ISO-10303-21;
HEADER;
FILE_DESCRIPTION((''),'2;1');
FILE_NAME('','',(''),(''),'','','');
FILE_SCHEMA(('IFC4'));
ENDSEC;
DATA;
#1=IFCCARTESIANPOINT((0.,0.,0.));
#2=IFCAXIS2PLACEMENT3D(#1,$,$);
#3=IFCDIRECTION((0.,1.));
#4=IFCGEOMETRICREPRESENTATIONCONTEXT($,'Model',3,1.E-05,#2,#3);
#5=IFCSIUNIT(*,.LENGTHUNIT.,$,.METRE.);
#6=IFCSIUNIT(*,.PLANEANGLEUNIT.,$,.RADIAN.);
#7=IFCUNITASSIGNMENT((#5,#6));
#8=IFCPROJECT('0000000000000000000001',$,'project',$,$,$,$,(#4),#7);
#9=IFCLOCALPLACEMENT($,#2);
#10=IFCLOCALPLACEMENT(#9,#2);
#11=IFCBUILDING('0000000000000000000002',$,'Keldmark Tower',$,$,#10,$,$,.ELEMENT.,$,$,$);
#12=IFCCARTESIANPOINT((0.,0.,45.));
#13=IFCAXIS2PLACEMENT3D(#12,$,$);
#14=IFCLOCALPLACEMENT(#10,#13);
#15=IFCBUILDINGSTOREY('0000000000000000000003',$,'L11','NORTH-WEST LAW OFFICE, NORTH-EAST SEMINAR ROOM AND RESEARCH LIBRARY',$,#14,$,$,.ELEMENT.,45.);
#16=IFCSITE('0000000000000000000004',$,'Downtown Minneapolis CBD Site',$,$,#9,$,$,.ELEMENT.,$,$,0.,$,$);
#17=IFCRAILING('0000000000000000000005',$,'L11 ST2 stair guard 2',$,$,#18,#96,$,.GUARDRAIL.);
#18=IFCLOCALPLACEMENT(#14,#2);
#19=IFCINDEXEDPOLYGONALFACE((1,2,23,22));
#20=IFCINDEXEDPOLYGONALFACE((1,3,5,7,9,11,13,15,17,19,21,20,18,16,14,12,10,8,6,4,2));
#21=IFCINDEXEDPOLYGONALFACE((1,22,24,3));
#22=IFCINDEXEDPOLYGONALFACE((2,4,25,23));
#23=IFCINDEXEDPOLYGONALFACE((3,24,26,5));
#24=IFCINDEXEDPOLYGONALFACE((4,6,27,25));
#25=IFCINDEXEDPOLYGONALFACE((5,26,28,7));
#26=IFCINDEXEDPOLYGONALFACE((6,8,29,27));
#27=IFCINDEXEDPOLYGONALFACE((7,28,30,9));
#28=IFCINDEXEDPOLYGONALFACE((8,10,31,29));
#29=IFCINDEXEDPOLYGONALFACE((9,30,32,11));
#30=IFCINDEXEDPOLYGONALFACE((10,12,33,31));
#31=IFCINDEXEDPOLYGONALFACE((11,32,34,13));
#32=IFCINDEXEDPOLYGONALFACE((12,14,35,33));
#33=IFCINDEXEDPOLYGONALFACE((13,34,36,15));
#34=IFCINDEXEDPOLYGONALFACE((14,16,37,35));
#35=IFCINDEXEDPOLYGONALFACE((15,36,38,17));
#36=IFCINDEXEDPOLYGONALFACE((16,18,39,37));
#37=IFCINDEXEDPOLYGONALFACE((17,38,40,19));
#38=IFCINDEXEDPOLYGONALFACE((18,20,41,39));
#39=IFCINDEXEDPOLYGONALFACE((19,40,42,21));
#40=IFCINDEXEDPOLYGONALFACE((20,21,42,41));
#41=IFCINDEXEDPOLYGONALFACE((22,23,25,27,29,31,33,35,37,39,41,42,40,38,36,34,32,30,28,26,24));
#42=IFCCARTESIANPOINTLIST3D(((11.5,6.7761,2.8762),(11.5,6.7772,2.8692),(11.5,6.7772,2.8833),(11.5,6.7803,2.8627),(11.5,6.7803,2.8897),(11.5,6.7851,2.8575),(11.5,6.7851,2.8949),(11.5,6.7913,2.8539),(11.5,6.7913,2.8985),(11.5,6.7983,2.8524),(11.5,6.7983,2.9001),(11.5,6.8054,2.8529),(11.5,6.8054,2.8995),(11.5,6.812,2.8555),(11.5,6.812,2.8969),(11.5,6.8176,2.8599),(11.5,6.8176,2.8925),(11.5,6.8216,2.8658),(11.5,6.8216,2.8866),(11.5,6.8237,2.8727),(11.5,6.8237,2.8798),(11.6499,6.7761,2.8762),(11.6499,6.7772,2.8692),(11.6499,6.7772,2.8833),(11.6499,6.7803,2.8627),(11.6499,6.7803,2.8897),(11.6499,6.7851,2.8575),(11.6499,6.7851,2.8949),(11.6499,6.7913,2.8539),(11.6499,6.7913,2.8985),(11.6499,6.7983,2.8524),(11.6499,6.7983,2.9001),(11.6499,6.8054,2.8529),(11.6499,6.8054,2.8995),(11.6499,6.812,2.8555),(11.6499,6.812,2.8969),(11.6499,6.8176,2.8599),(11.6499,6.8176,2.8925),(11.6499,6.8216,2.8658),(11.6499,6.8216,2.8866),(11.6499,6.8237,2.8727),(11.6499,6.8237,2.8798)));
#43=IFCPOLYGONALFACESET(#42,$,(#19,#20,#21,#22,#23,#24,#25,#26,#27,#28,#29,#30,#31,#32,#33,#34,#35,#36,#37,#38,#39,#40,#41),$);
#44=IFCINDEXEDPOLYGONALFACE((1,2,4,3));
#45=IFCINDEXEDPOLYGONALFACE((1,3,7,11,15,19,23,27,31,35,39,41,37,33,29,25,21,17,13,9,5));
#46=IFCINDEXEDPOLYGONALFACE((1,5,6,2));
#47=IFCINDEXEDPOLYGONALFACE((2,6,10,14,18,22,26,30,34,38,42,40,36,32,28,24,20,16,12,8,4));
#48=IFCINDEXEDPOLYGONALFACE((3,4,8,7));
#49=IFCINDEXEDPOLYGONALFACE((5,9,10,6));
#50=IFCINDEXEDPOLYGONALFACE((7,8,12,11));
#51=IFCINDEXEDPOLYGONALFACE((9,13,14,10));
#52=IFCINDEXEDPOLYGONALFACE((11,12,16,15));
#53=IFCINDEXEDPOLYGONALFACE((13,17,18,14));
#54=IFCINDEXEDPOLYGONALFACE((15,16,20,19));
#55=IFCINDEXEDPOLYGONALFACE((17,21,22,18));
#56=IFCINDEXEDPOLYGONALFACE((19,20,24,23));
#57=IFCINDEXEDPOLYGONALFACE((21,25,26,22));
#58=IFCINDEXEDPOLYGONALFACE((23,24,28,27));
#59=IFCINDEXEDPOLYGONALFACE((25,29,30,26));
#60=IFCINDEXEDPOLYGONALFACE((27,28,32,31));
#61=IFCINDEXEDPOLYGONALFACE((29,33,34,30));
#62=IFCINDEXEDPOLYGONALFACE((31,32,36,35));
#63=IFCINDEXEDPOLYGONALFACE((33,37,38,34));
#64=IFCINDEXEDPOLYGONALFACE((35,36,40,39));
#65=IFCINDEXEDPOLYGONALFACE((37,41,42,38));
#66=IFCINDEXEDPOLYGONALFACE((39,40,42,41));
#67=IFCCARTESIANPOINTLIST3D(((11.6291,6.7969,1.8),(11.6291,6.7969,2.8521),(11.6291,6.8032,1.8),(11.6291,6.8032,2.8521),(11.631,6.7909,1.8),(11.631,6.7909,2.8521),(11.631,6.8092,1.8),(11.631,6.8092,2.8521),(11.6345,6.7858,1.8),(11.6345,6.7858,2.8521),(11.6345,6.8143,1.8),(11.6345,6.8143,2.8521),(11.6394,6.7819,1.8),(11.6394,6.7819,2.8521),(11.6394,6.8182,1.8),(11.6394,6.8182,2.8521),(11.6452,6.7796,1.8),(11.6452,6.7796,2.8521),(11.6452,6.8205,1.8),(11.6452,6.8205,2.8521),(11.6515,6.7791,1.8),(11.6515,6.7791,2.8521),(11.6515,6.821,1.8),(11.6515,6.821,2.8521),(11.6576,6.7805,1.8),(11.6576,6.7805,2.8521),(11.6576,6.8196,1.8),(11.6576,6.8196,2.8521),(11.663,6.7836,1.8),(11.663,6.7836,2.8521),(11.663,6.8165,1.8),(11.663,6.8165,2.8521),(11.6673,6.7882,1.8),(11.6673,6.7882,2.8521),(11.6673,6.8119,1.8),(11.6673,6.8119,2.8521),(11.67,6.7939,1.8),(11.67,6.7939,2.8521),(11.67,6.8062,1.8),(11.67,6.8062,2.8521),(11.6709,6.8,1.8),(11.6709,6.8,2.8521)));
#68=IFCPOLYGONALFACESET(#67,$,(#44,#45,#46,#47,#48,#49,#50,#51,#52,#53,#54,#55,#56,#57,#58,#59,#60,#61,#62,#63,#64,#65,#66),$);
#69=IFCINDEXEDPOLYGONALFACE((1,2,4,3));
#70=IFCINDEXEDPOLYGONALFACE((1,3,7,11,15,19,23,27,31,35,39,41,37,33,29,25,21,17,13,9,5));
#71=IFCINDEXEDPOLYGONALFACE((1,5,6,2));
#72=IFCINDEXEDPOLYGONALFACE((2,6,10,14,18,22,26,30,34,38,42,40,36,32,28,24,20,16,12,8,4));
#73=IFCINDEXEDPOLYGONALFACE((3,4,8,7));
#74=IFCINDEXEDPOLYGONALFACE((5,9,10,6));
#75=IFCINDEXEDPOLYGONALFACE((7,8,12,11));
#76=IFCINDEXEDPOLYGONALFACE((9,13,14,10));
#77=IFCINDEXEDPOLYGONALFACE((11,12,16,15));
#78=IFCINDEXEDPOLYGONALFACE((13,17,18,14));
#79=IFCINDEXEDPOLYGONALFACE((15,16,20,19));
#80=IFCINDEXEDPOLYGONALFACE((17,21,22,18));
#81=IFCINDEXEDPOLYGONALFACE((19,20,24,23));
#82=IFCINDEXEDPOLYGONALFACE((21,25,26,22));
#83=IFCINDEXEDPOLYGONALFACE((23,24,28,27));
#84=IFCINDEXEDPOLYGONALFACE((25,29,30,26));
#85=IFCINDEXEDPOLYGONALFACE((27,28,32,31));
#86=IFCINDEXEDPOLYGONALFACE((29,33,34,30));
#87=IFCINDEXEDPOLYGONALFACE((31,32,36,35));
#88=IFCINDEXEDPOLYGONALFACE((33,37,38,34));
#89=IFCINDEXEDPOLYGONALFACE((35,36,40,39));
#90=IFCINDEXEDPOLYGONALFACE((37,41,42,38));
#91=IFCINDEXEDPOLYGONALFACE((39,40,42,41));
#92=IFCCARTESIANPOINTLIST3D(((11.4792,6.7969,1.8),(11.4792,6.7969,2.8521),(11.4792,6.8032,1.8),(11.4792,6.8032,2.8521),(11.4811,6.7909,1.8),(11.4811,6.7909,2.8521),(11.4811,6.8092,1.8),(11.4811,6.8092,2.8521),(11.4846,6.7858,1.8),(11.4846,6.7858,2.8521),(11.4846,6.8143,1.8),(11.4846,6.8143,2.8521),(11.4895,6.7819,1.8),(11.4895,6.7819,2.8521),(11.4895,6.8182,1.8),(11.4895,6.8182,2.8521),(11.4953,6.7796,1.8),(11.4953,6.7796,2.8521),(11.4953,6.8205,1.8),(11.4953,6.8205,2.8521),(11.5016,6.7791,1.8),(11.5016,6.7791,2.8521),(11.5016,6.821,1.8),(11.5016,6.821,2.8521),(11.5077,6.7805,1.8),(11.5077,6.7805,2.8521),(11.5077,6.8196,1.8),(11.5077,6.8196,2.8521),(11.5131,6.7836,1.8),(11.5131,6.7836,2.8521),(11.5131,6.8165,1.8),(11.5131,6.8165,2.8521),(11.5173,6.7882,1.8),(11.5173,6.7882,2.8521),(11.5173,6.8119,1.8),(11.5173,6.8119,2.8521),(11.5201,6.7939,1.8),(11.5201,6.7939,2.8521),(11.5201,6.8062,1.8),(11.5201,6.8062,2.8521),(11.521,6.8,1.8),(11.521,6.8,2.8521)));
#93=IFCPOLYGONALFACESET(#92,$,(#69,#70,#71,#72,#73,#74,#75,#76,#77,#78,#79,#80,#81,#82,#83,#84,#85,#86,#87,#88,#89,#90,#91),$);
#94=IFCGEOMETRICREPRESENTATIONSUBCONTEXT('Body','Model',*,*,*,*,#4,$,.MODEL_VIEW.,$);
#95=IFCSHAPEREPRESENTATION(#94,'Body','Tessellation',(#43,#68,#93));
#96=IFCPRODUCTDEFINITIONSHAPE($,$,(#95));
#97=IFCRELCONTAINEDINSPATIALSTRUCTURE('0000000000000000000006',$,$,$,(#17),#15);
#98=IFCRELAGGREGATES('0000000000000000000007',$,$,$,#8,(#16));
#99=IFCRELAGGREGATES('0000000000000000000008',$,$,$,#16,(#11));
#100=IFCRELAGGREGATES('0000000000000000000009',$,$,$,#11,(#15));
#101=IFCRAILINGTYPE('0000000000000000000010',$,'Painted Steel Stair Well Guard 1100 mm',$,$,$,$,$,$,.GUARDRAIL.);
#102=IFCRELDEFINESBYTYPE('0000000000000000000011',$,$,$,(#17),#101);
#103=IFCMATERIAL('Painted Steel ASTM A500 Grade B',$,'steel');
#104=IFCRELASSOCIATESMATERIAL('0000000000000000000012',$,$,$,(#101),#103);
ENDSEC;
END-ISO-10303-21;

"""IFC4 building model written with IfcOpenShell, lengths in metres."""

from ifc_helpers import new_model, si_unit, direction, frame, origin, origin_2d, place, context, subcontext, project, spatial, circle, extrude, material, type_object, element, save


model = new_model("IFC4")

# Units and contexts
model_context = context("Model", 3, precision=1e-05, world=origin(), true_north=direction((0.0, 1.0)))
body_context = subcontext(model_context, "Body", "Model", "MODEL_VIEW")
ifc_project = project(units=[si_unit("LENGTHUNIT", "METRE"), si_unit("PLANEANGLEUNIT", "RADIAN")], contexts=[model_context])

# Site, building, storey
site_placement = place(None, origin())
site = spatial("IfcSite", under=ifc_project, at=site_placement, Name="Downtown Minneapolis CBD Site", CompositionType="ELEMENT", RefElevation=0.0)
building_placement = place(site_placement, origin())
building = spatial("IfcBuilding", under=site, at=building_placement, Name="Keldmark Tower", CompositionType="ELEMENT")
storey_placement = place(building_placement, frame((0.0, 0.0, 45.0)))
storey = spatial("IfcBuildingStorey", under=building, at=storey_placement, Name="L11", Description="NORTH-WEST LAW OFFICE, NORTH-EAST SEMINAR ROOM AND RESEARCH LIBRARY", CompositionType="ELEMENT", Elevation=45.0)

# Railing
ifc_material_1 = material(Name="Painted Steel ASTM A500 Grade B", Category="steel")
railing_type_1 = type_object("IfcRailingType", Name="Painted Steel Stair Well Guard 1100 mm", PredefinedType="GUARDRAIL", material=ifc_material_1)
railing_1_placement = place(storey_placement, frame((11.6499, 6.8, 1.8)))
element("IfcRailing", 1, at=railing_1_placement, inside=storey, type_object=railing_type_1, Name="L11 ST2 stair guard 2", PredefinedType="GUARDRAIL", context=body_context, shape_type="SweptSolid", body=[
    extrude(circle(Radius=0.0239, at=origin_2d()), frame((0.0, 0.0, 1.0762), z_axis=(-1.0, 0.0, 0.0), x_axis=(0.0, -1.0, 0.0)), (0.0, 0.0, 1.0), 0.1499),
    extrude(circle(Radius=0.021, at=origin_2d()), origin(), (0.0, 0.0, 1.0), 1.052),
    extrude(circle(Radius=0.021, at=origin_2d()), frame((-0.1499, 0.0, 0.0)), (0.0, 0.0, 1.0), 1.052),
])

save(model, "model.ifc")
